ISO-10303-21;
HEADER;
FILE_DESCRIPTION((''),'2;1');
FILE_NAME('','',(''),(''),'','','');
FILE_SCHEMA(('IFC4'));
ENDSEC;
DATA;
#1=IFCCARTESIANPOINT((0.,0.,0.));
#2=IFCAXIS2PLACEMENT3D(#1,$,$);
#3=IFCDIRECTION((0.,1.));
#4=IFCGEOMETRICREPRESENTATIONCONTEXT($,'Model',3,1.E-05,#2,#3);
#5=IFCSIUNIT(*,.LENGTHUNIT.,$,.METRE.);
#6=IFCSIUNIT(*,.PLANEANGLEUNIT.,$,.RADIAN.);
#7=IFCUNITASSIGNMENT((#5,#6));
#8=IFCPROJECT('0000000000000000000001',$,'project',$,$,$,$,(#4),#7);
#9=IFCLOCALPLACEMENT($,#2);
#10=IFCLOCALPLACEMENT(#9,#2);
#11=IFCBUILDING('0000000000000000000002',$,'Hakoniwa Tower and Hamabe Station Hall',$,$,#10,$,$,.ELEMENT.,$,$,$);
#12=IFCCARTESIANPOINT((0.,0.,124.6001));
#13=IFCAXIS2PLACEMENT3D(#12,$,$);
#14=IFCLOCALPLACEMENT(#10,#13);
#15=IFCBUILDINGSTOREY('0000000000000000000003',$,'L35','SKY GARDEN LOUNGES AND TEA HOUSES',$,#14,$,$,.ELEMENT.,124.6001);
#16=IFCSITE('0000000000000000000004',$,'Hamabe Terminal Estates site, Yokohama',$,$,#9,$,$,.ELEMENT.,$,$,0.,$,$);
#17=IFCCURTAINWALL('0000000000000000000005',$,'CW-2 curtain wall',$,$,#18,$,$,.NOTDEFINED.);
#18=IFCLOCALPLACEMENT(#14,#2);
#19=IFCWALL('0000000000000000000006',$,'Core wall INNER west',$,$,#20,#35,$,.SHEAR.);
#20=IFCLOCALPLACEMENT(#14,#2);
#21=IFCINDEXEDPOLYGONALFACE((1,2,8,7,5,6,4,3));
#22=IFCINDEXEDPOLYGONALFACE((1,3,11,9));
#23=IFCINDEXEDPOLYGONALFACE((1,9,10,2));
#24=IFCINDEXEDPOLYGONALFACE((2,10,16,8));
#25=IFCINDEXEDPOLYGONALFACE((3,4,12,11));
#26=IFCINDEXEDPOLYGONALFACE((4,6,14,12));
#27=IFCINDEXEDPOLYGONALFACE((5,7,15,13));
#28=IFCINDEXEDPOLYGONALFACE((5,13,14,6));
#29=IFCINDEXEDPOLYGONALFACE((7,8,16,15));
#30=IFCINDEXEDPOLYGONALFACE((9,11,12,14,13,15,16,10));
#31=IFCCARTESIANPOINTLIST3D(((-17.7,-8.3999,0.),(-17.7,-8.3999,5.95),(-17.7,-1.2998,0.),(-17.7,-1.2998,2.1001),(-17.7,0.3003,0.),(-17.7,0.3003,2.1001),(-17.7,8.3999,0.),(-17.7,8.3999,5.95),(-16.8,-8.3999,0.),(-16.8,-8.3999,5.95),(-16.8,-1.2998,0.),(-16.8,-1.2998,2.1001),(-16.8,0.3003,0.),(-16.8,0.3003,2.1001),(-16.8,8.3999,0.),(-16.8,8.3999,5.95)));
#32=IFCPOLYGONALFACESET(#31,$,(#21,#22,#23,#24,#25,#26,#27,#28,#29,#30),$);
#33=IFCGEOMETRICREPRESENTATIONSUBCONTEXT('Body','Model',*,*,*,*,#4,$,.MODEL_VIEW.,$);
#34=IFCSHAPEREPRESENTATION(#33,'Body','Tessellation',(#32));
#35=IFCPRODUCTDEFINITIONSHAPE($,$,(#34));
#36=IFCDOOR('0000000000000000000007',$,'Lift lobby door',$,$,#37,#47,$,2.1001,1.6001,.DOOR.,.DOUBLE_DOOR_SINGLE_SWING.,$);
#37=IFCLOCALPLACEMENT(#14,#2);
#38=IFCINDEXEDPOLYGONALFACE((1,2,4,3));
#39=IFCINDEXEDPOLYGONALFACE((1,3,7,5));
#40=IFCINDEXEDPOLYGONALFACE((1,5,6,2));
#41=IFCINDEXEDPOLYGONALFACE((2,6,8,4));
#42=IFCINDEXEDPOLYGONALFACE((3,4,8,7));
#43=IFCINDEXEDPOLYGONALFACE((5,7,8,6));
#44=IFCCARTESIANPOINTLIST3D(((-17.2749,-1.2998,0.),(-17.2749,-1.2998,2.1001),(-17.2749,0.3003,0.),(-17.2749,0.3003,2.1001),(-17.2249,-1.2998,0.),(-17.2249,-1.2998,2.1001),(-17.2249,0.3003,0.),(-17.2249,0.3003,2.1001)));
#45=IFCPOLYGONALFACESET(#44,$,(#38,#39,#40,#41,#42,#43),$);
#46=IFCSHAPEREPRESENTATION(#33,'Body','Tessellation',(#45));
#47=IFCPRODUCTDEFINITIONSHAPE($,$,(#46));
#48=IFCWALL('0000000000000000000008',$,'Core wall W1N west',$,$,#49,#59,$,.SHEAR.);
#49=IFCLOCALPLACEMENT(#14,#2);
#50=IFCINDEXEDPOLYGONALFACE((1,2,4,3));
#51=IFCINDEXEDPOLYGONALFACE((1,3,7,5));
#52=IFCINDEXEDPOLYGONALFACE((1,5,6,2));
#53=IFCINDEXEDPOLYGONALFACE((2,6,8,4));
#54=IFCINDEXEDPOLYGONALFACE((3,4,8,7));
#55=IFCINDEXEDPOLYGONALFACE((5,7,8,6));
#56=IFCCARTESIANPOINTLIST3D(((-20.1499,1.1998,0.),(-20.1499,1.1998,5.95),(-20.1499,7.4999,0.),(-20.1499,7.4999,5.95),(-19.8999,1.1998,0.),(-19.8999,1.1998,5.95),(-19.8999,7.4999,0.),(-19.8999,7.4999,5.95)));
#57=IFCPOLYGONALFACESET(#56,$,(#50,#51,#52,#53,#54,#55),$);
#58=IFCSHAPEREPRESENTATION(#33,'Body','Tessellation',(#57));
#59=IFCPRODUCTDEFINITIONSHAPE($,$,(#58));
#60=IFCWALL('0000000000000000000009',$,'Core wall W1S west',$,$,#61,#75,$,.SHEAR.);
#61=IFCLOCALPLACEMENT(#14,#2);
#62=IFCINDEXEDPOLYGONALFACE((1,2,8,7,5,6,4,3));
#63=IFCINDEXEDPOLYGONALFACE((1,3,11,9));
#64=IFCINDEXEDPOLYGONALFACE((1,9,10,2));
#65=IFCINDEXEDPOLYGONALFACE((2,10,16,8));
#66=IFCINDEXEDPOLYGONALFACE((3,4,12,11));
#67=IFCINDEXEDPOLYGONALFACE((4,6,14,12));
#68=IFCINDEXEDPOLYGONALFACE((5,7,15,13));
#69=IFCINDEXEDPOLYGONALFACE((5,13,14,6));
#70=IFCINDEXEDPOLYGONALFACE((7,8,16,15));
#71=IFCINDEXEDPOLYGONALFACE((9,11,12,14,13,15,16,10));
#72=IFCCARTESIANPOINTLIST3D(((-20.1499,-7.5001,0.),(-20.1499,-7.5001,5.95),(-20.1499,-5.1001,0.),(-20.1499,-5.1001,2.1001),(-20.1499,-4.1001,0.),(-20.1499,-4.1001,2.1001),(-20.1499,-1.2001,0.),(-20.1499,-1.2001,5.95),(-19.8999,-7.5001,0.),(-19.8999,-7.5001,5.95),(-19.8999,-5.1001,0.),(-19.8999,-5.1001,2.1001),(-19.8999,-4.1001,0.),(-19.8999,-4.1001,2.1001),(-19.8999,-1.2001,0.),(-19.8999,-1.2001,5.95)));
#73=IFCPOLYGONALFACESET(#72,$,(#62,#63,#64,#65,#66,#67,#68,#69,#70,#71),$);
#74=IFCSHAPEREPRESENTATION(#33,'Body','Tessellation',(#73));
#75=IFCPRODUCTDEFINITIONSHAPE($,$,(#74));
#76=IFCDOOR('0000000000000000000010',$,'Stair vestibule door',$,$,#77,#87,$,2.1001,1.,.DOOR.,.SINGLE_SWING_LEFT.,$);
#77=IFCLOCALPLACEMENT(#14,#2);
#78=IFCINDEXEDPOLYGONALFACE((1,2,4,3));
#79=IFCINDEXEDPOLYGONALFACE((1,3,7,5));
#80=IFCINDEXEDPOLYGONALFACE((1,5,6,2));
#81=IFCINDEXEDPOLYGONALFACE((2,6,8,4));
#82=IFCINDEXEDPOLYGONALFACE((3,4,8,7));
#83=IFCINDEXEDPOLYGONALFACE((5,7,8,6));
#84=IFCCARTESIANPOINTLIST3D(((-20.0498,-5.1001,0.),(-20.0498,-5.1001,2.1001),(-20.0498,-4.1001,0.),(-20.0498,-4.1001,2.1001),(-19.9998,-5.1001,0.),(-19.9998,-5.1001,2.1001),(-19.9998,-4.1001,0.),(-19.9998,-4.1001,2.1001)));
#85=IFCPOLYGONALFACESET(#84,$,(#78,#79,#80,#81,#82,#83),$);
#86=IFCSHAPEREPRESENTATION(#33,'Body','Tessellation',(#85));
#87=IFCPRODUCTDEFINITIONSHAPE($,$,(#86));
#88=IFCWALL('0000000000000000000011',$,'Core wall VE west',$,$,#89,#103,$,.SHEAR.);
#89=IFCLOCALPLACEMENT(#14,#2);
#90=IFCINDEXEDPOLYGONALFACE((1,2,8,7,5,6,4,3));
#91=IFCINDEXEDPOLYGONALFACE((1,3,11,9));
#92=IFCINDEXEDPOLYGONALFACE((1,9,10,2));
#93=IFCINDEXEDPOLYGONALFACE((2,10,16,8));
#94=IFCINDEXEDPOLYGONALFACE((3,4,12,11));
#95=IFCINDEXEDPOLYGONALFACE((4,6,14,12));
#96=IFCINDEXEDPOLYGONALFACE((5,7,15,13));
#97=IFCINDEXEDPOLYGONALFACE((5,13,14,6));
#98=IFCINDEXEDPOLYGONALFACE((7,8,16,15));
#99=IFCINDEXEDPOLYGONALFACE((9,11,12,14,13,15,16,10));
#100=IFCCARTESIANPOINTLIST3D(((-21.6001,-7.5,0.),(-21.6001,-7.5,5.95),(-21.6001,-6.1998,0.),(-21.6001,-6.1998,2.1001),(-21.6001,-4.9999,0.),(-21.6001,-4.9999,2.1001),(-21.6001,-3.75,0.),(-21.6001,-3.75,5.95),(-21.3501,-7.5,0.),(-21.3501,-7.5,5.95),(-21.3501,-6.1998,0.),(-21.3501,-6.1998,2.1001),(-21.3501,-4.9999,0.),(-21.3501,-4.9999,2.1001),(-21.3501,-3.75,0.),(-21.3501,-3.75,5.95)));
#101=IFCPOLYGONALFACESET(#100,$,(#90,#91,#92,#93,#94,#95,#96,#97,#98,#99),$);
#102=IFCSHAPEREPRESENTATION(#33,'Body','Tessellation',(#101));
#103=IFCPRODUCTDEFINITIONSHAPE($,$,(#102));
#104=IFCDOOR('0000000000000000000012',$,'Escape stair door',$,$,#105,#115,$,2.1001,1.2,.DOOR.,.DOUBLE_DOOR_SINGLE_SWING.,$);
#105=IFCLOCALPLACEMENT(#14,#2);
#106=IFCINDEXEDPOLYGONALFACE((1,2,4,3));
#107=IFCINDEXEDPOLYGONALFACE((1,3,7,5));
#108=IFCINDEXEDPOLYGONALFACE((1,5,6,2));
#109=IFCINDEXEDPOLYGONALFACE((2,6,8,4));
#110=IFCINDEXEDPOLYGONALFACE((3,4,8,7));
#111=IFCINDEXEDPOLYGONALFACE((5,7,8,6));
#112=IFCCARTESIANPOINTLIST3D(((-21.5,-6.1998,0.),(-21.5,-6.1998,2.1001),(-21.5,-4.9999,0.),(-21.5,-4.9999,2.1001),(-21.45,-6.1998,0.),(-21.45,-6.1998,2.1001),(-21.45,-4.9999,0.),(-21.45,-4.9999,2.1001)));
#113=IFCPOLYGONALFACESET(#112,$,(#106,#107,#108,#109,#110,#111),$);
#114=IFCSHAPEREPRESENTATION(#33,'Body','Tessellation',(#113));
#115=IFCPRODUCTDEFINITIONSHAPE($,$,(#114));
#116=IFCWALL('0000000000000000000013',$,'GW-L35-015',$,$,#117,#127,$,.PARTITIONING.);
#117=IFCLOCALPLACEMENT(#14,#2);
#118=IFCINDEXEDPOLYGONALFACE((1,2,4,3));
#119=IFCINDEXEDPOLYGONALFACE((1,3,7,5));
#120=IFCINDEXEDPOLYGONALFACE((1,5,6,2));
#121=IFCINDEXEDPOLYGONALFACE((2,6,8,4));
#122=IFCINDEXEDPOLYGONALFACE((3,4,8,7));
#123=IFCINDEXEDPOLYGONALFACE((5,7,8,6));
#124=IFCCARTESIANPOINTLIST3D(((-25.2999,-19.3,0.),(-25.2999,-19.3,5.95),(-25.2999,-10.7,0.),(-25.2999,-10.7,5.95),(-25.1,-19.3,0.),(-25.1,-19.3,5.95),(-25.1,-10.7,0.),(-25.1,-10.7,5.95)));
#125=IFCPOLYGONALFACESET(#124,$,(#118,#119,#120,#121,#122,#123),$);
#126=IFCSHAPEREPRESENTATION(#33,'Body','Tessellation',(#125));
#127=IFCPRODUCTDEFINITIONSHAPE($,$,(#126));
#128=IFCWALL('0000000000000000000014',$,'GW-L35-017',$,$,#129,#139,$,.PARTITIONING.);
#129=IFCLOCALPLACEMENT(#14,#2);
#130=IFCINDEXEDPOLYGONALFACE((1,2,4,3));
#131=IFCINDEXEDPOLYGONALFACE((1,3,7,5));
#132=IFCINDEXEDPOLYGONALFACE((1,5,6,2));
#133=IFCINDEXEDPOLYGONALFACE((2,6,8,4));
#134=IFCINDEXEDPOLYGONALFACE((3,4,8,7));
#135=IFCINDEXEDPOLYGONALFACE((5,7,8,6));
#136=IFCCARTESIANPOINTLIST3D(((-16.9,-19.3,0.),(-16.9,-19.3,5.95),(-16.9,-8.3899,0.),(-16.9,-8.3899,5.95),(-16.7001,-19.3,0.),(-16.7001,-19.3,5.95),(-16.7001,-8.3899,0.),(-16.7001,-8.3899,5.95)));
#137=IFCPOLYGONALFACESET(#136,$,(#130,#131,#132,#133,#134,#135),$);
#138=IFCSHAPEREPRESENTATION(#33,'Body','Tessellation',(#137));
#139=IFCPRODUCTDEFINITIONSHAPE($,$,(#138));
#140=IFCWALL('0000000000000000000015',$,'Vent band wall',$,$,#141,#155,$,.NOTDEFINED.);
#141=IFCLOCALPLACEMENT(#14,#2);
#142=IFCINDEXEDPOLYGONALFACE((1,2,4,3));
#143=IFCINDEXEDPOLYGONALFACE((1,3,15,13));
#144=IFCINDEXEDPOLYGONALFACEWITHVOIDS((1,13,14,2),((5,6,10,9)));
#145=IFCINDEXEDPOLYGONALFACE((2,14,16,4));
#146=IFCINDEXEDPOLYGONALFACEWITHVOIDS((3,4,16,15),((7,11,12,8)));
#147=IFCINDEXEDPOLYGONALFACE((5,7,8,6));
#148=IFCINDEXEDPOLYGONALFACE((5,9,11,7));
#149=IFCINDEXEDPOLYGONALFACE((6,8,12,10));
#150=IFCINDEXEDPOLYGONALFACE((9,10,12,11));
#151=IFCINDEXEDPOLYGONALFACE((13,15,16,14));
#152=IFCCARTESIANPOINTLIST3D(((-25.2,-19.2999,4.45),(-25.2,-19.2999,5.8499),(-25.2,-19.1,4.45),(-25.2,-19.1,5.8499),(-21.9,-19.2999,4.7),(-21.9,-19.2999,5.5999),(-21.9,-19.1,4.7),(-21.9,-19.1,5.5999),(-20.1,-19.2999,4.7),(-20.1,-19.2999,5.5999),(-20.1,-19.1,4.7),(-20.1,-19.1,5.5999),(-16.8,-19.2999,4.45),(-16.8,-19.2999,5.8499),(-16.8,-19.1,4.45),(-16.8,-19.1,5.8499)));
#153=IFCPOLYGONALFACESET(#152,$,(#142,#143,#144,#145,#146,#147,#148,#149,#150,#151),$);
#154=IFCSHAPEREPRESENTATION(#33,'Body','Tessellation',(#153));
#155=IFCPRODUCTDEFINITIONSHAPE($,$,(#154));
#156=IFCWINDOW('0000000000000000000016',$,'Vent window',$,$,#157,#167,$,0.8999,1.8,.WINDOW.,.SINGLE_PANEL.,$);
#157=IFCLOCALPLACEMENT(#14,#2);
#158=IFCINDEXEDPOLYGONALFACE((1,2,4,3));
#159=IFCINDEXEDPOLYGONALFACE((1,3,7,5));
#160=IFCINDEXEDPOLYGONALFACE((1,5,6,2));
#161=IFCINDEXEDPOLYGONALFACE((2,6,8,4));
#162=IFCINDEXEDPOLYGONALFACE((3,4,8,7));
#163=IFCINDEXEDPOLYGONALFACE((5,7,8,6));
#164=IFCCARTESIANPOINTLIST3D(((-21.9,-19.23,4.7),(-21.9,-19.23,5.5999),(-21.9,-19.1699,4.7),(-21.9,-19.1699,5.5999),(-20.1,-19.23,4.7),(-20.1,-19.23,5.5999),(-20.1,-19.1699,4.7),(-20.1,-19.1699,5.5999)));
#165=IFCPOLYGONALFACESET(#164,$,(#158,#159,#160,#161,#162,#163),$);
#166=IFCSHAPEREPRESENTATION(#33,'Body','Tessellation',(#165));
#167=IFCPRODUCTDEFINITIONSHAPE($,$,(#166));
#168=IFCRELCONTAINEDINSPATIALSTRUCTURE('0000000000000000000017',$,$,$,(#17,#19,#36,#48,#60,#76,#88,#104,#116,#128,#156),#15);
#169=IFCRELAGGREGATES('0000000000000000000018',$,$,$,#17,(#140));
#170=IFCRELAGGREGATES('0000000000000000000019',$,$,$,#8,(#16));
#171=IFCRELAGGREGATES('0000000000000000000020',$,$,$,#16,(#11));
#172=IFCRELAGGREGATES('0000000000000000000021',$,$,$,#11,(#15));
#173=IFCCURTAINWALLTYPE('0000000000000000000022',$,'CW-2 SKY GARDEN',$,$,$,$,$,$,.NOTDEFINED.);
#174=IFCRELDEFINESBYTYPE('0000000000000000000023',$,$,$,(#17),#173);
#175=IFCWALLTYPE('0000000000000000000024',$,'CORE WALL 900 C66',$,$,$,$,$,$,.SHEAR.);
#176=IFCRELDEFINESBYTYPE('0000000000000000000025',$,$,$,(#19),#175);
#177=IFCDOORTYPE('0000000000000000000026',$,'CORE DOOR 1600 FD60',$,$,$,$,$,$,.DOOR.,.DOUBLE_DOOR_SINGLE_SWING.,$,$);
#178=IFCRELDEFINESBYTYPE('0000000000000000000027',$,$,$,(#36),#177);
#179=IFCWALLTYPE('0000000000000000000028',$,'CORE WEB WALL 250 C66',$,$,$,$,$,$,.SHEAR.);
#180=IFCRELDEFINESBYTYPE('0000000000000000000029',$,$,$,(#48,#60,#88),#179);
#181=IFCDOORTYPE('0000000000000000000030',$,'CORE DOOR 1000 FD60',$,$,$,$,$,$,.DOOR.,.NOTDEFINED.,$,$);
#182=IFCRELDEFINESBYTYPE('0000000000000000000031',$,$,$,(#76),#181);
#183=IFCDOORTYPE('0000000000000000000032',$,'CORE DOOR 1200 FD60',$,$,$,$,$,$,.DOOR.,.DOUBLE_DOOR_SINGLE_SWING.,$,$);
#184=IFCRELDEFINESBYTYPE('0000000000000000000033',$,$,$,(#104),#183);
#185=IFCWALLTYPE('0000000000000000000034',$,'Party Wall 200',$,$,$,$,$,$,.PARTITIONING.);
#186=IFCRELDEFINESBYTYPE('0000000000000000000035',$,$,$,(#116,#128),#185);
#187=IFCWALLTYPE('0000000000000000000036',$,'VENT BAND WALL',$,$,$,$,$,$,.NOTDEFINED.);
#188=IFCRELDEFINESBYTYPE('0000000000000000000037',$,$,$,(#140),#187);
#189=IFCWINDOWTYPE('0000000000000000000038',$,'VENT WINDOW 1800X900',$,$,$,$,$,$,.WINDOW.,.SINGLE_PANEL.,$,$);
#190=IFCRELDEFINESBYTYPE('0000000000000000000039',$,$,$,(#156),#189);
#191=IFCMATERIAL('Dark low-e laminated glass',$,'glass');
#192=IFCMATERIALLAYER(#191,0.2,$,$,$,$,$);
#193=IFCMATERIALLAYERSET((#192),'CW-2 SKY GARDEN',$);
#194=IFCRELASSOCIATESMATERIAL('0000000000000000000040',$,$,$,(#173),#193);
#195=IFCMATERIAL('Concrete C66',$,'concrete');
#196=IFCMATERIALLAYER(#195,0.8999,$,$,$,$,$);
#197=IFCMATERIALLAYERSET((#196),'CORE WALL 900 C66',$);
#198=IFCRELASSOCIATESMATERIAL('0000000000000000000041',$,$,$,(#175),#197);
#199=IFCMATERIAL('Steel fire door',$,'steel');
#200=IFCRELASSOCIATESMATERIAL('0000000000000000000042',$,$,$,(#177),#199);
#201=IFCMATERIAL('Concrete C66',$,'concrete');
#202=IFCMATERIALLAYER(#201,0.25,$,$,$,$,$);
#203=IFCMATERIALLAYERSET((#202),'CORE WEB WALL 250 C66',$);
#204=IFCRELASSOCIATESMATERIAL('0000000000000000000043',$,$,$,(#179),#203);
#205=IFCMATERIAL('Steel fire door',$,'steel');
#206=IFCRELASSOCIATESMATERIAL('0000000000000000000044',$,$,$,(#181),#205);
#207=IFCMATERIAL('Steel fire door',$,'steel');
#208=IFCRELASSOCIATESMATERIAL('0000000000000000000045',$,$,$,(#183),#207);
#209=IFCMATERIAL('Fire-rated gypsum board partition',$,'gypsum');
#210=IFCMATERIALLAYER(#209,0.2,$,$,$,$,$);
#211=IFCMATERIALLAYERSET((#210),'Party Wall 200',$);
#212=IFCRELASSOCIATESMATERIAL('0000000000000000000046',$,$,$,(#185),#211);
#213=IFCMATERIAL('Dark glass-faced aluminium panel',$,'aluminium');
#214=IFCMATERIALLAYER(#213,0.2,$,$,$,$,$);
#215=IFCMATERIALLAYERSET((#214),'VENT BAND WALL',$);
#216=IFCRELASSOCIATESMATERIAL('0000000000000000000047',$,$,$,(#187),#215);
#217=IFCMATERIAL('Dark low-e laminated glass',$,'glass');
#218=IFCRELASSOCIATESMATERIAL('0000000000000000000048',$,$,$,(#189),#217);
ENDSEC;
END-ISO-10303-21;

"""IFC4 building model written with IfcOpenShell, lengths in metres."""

from ifc_helpers import new_model, si_unit, direction, frame, frame_2d, origin, place, context, subcontext, project, spatial, rectangle, extrude, material, layer, layer_set, type_object, element, fill, aggregate, save


model = new_model("IFC4")

# Units and contexts
model_context = context("Model", 3, precision=1e-05, world=origin(), true_north=direction((0.0, 1.0)))
body_context = subcontext(model_context, "Body", "Model", "MODEL_VIEW")
ifc_project = project(units=[si_unit("LENGTHUNIT", "METRE"), si_unit("PLANEANGLEUNIT", "RADIAN")], contexts=[model_context])

# Site, building, storey
site_placement = place(None, origin())
site = spatial("IfcSite", under=ifc_project, at=site_placement, Name="Hamabe Terminal Estates site, Yokohama", CompositionType="ELEMENT", RefElevation=0.0)
building_placement = place(site_placement, origin())
building = spatial("IfcBuilding", under=site, at=building_placement, Name="Hakoniwa Tower and Hamabe Station Hall", CompositionType="ELEMENT")
storey_placement = place(building_placement, frame((0.0, 0.0, 124.6001)))
storey = spatial("IfcBuildingStorey", under=building, at=storey_placement, Name="L35", Description="SKY GARDEN LOUNGES AND TEA HOUSES", CompositionType="ELEMENT", Elevation=124.6001)

# Curtain wall
ifc_material_1 = material(Name="Dark low-e laminated glass", Category="glass")
ifc_layer_1 = layer(ifc_material_1, 0.2)
ifc_layer_set_1 = layer_set([ifc_layer_1], Name="CW-2 SKY GARDEN")
curtain_wall_type = type_object("IfcCurtainWallType", Name="CW-2 SKY GARDEN", PredefinedType="NOTDEFINED", material=ifc_layer_set_1)
curtain_wall_placement = place(storey_placement, origin())
curtain_wall = element("IfcCurtainWall", 1, at=curtain_wall_placement, inside=storey, type_object=curtain_wall_type, Name="CW-2 curtain wall", PredefinedType="NOTDEFINED")

# Wall, opening, door
ifc_material_2 = material(Name="Concrete C66", Category="concrete")
ifc_layer_2 = layer(ifc_material_2, 0.8999)
ifc_layer_set_2 = layer_set([ifc_layer_2], Name="CORE WALL 900 C66")
wall_type_1 = type_object("IfcWallType", Name="CORE WALL 900 C66", PredefinedType="SHEAR", material=ifc_layer_set_2)
wall_1_placement = place(storey_placement, frame((-17.25, -8.3999, 0.0), z_axis=(0.0, 0.0, 1.0), x_axis=(0.0, 1.0, 0.0)))
wall_1 = element("IfcWall", 2, at=wall_1_placement, inside=storey, type_object=wall_type_1, Name="Core wall INNER west", PredefinedType="SHEAR", context=body_context, shape_type="SweptSolid", body=[
    extrude(rectangle(XDim=16.7998, YDim=0.8999, at=frame_2d((8.3999, 0.0))), origin(), (0.0, 0.0, 1.0), 5.95),
])
opening_1_placement = place(wall_1_placement, frame((7.1001, 0.0, 0.0)))
opening_1 = element("IfcOpeningElement", 3, at=opening_1_placement, cuts=wall_1, PredefinedType="OPENING", context=body_context, shape_type="SweptSolid", body=[
    extrude(rectangle(XDim=1.6001, YDim=2.1001, at=frame_2d((0.8, 1.05))), frame((0.0, 0.46, 0.0), z_axis=(0.0, -1.0, 0.0), x_axis=(1.0, 0.0, 0.0)), (0.0, 0.0, 1.0), 0.9199),
])
ifc_material_3 = material(Name="Steel fire door", Category="steel")
door_type_1 = type_object("IfcDoorType", Name="CORE DOOR 1600 FD60", OperationType="DOUBLE_DOOR_SINGLE_SWING", PredefinedType="DOOR", material=ifc_material_3)
door_1_placement = place(opening_1_placement, origin())
door_1 = element("IfcDoor", 4, at=door_1_placement, inside=storey, type_object=door_type_1, Name="Lift lobby door", OperationType="DOUBLE_DOOR_SINGLE_SWING", OverallHeight=2.1001, OverallWidth=1.6001, PredefinedType="DOOR", context=body_context, shape_type="SweptSolid", body=[
    extrude(rectangle(XDim=1.6001, YDim=2.1001, at=frame_2d((0.8, 1.05))), frame((0.0, 0.0249, 0.0), z_axis=(0.0, -1.0, 0.0), x_axis=(1.0, 0.0, 0.0)), (0.0, 0.0, 1.0), 0.05),
])
fill(opening_1, door_1)

# Wall
ifc_material_4 = material(Name="Concrete C66", Category="concrete")
ifc_layer_3 = layer(ifc_material_4, 0.25)
ifc_layer_set_3 = layer_set([ifc_layer_3], Name="CORE WEB WALL 250 C66")
wall_type_2 = type_object("IfcWallType", Name="CORE WEB WALL 250 C66", PredefinedType="SHEAR", material=ifc_layer_set_3)
wall_2_placement = place(storey_placement, frame((-20.0249, 1.2, 0.0), z_axis=(0.0, 0.0, 1.0), x_axis=(0.0, 1.0, 0.0)))
element("IfcWall", 5, at=wall_2_placement, inside=storey, type_object=wall_type_2, Name="Core wall W1N west", PredefinedType="SHEAR", context=body_context, shape_type="SweptSolid", body=[
    extrude(rectangle(XDim=6.3, YDim=0.25, at=frame_2d((3.1499, 0.0))), origin(), (0.0, 0.0, 1.0), 5.95),
])

# Walls, openings, doors
wall_3_placement = place(storey_placement, frame((-20.0249, -7.5, 0.0), z_axis=(0.0, 0.0, 1.0), x_axis=(0.0, 1.0, 0.0)))
wall_3 = element("IfcWall", 6, at=wall_3_placement, inside=storey, type_object=wall_type_2, Name="Core wall W1S west", PredefinedType="SHEAR", context=body_context, shape_type="SweptSolid", body=[
    extrude(rectangle(XDim=6.3, YDim=0.25, at=frame_2d((3.1499, 0.0))), origin(), (0.0, 0.0, 1.0), 5.95),
])
opening_2_placement = place(wall_3_placement, frame((2.3999, 0.0, 0.0)))
opening_2 = element("IfcOpeningElement", 7, at=opening_2_placement, cuts=wall_3, PredefinedType="OPENING", context=body_context, shape_type="SweptSolid", body=[
    extrude(rectangle(XDim=1.0, YDim=2.1001, at=frame_2d((0.5, 1.05))), frame((0.0, 0.135, 0.0), z_axis=(0.0, -1.0, 0.0), x_axis=(1.0, 0.0, 0.0)), (0.0, 0.0, 1.0), 0.27),
])
ifc_material_5 = material(Name="Steel fire door", Category="steel")
door_type_2 = type_object("IfcDoorType", Name="CORE DOOR 1000 FD60", OperationType="NOTDEFINED", PredefinedType="DOOR", material=ifc_material_5)
door_2_placement = place(opening_2_placement, origin())
door_2 = element("IfcDoor", 8, at=door_2_placement, inside=storey, type_object=door_type_2, Name="Stair vestibule door", OperationType="SINGLE_SWING_LEFT", OverallHeight=2.1001, OverallWidth=1.0, PredefinedType="DOOR", context=body_context, shape_type="SweptSolid", body=[
    extrude(rectangle(XDim=1.0, YDim=2.1001, at=frame_2d((0.5, 1.05))), frame((0.0, 0.0249, 0.0), z_axis=(0.0, -1.0, 0.0), x_axis=(1.0, 0.0, 0.0)), (0.0, 0.0, 1.0), 0.05),
])
fill(opening_2, door_2)
wall_4_placement = place(storey_placement, frame((-21.4751, -7.5, 0.0), z_axis=(0.0, 0.0, 1.0), x_axis=(0.0, 1.0, 0.0)))
wall_4 = element("IfcWall", 9, at=wall_4_placement, inside=storey, type_object=wall_type_2, Name="Core wall VE west", PredefinedType="SHEAR", context=body_context, shape_type="SweptSolid", body=[
    extrude(rectangle(XDim=3.75, YDim=0.25, at=frame_2d((1.875, 0.0))), origin(), (0.0, 0.0, 1.0), 5.95),
])
opening_3_placement = place(wall_4_placement, frame((1.3, 0.0, 0.0)))
opening_3 = element("IfcOpeningElement", 10, at=opening_3_placement, cuts=wall_4, PredefinedType="OPENING", context=body_context, shape_type="SweptSolid", body=[
    extrude(rectangle(XDim=1.2, YDim=2.1001, at=frame_2d((0.6001, 1.05))), frame((0.0, 0.135, 0.0), z_axis=(0.0, -1.0, 0.0), x_axis=(1.0, 0.0, 0.0)), (0.0, 0.0, 1.0), 0.27),
])
ifc_material_6 = material(Name="Steel fire door", Category="steel")
door_type_3 = type_object("IfcDoorType", Name="CORE DOOR 1200 FD60", OperationType="DOUBLE_DOOR_SINGLE_SWING", PredefinedType="DOOR", material=ifc_material_6)
door_3_placement = place(opening_3_placement, origin())
door_3 = element("IfcDoor", 11, at=door_3_placement, inside=storey, type_object=door_type_3, Name="Escape stair door", OperationType="DOUBLE_DOOR_SINGLE_SWING", OverallHeight=2.1001, OverallWidth=1.2, PredefinedType="DOOR", context=body_context, shape_type="SweptSolid", body=[
    extrude(rectangle(XDim=1.2, YDim=2.1001, at=frame_2d((0.6001, 1.05))), frame((0.0, 0.0249, 0.0), z_axis=(0.0, -1.0, 0.0), x_axis=(1.0, 0.0, 0.0)), (0.0, 0.0, 1.0), 0.05),
])
fill(opening_3, door_3)

# Walls
ifc_material_7 = material(Name="Fire-rated gypsum board partition", Category="gypsum")
ifc_layer_4 = layer(ifc_material_7, 0.2)
ifc_layer_set_4 = layer_set([ifc_layer_4], Name="Party Wall 200")
wall_type_3 = type_object("IfcWallType", Name="Party Wall 200", PredefinedType="PARTITIONING", material=ifc_layer_set_4)
wall_5_placement = place(storey_placement, frame((-25.2, -19.3, 0.0), z_axis=(0.0, 0.0, 1.0), x_axis=(0.0, 1.0, 0.0)))
element("IfcWall", 12, at=wall_5_placement, inside=storey, type_object=wall_type_3, Name="GW-L35-015", PredefinedType="PARTITIONING", context=body_context, shape_type="SweptSolid", body=[
    extrude(rectangle(XDim=8.6001, YDim=0.2, at=frame_2d((4.3, 0.0))), origin(), (0.0, 0.0, 1.0), 5.95),
])
wall_6_placement = place(storey_placement, frame((-16.8, -19.3, 0.0), z_axis=(0.0, 0.0, 1.0), x_axis=(0.0, 1.0, 0.0)))
element("IfcWall", 13, at=wall_6_placement, inside=storey, type_object=wall_type_3, Name="GW-L35-017", PredefinedType="PARTITIONING", context=body_context, shape_type="SweptSolid", body=[
    extrude(rectangle(XDim=10.9102, YDim=0.2, at=frame_2d((5.4551, 0.0))), origin(), (0.0, 0.0, 1.0), 5.95),
])

# Wall, opening, window
ifc_material_8 = material(Name="Dark glass-faced aluminium panel", Category="aluminium")
ifc_layer_5 = layer(ifc_material_8, 0.2)
ifc_layer_set_5 = layer_set([ifc_layer_5], Name="VENT BAND WALL")
wall_type_4 = type_object("IfcWallType", Name="VENT BAND WALL", PredefinedType="NOTDEFINED", material=ifc_layer_set_5)
wall_7_placement = place(storey_placement, frame((-25.2, -19.2, 4.45), z_axis=(0.0, 0.0, 1.0), x_axis=(1.0, 0.0, 0.0)))
wall_7 = element("IfcWall", 14, at=wall_7_placement, type_object=wall_type_4, Name="Vent band wall", PredefinedType="NOTDEFINED", context=body_context, shape_type="SweptSolid", body=[
    extrude(rectangle(XDim=8.3999, YDim=0.2, at=frame_2d((4.2, 0.0))), origin(), (0.0, 0.0, 1.0), 1.3999),
])
opening_4_placement = place(wall_7_placement, frame((3.3, 0.0, 0.25)))
opening_4 = element("IfcOpeningElement", 15, at=opening_4_placement, cuts=wall_7, PredefinedType="OPENING", context=body_context, shape_type="SweptSolid", body=[
    extrude(rectangle(XDim=1.8, YDim=0.8999, at=frame_2d((0.8999, 0.45))), frame((0.0, 0.1099, 0.0), z_axis=(0.0, -1.0, 0.0), x_axis=(1.0, 0.0, 0.0)), (0.0, 0.0, 1.0), 0.22),
])
ifc_material_9 = material(Name="Dark low-e laminated glass", Category="glass")
window_type = type_object("IfcWindowType", Name="VENT WINDOW 1800X900", PartitioningType="SINGLE_PANEL", PredefinedType="WINDOW", material=ifc_material_9)
window_1_placement = place(opening_4_placement, origin())
window_1 = element("IfcWindow", 16, at=window_1_placement, inside=storey, type_object=window_type, Name="Vent window", OverallHeight=0.8999, OverallWidth=1.8, PartitioningType="SINGLE_PANEL", PredefinedType="WINDOW", context=body_context, shape_type="SweptSolid", body=[
    extrude(rectangle(XDim=1.8, YDim=0.8999, at=frame_2d((0.8999, 0.45))), frame((0.0, 0.03, 0.0), z_axis=(0.0, -1.0, 0.0), x_axis=(1.0, 0.0, 0.0)), (0.0, 0.0, 1.0), 0.0601),
])
fill(opening_4, window_1)
aggregate(curtain_wall, [wall_7])

save(model, "model.ifc")
